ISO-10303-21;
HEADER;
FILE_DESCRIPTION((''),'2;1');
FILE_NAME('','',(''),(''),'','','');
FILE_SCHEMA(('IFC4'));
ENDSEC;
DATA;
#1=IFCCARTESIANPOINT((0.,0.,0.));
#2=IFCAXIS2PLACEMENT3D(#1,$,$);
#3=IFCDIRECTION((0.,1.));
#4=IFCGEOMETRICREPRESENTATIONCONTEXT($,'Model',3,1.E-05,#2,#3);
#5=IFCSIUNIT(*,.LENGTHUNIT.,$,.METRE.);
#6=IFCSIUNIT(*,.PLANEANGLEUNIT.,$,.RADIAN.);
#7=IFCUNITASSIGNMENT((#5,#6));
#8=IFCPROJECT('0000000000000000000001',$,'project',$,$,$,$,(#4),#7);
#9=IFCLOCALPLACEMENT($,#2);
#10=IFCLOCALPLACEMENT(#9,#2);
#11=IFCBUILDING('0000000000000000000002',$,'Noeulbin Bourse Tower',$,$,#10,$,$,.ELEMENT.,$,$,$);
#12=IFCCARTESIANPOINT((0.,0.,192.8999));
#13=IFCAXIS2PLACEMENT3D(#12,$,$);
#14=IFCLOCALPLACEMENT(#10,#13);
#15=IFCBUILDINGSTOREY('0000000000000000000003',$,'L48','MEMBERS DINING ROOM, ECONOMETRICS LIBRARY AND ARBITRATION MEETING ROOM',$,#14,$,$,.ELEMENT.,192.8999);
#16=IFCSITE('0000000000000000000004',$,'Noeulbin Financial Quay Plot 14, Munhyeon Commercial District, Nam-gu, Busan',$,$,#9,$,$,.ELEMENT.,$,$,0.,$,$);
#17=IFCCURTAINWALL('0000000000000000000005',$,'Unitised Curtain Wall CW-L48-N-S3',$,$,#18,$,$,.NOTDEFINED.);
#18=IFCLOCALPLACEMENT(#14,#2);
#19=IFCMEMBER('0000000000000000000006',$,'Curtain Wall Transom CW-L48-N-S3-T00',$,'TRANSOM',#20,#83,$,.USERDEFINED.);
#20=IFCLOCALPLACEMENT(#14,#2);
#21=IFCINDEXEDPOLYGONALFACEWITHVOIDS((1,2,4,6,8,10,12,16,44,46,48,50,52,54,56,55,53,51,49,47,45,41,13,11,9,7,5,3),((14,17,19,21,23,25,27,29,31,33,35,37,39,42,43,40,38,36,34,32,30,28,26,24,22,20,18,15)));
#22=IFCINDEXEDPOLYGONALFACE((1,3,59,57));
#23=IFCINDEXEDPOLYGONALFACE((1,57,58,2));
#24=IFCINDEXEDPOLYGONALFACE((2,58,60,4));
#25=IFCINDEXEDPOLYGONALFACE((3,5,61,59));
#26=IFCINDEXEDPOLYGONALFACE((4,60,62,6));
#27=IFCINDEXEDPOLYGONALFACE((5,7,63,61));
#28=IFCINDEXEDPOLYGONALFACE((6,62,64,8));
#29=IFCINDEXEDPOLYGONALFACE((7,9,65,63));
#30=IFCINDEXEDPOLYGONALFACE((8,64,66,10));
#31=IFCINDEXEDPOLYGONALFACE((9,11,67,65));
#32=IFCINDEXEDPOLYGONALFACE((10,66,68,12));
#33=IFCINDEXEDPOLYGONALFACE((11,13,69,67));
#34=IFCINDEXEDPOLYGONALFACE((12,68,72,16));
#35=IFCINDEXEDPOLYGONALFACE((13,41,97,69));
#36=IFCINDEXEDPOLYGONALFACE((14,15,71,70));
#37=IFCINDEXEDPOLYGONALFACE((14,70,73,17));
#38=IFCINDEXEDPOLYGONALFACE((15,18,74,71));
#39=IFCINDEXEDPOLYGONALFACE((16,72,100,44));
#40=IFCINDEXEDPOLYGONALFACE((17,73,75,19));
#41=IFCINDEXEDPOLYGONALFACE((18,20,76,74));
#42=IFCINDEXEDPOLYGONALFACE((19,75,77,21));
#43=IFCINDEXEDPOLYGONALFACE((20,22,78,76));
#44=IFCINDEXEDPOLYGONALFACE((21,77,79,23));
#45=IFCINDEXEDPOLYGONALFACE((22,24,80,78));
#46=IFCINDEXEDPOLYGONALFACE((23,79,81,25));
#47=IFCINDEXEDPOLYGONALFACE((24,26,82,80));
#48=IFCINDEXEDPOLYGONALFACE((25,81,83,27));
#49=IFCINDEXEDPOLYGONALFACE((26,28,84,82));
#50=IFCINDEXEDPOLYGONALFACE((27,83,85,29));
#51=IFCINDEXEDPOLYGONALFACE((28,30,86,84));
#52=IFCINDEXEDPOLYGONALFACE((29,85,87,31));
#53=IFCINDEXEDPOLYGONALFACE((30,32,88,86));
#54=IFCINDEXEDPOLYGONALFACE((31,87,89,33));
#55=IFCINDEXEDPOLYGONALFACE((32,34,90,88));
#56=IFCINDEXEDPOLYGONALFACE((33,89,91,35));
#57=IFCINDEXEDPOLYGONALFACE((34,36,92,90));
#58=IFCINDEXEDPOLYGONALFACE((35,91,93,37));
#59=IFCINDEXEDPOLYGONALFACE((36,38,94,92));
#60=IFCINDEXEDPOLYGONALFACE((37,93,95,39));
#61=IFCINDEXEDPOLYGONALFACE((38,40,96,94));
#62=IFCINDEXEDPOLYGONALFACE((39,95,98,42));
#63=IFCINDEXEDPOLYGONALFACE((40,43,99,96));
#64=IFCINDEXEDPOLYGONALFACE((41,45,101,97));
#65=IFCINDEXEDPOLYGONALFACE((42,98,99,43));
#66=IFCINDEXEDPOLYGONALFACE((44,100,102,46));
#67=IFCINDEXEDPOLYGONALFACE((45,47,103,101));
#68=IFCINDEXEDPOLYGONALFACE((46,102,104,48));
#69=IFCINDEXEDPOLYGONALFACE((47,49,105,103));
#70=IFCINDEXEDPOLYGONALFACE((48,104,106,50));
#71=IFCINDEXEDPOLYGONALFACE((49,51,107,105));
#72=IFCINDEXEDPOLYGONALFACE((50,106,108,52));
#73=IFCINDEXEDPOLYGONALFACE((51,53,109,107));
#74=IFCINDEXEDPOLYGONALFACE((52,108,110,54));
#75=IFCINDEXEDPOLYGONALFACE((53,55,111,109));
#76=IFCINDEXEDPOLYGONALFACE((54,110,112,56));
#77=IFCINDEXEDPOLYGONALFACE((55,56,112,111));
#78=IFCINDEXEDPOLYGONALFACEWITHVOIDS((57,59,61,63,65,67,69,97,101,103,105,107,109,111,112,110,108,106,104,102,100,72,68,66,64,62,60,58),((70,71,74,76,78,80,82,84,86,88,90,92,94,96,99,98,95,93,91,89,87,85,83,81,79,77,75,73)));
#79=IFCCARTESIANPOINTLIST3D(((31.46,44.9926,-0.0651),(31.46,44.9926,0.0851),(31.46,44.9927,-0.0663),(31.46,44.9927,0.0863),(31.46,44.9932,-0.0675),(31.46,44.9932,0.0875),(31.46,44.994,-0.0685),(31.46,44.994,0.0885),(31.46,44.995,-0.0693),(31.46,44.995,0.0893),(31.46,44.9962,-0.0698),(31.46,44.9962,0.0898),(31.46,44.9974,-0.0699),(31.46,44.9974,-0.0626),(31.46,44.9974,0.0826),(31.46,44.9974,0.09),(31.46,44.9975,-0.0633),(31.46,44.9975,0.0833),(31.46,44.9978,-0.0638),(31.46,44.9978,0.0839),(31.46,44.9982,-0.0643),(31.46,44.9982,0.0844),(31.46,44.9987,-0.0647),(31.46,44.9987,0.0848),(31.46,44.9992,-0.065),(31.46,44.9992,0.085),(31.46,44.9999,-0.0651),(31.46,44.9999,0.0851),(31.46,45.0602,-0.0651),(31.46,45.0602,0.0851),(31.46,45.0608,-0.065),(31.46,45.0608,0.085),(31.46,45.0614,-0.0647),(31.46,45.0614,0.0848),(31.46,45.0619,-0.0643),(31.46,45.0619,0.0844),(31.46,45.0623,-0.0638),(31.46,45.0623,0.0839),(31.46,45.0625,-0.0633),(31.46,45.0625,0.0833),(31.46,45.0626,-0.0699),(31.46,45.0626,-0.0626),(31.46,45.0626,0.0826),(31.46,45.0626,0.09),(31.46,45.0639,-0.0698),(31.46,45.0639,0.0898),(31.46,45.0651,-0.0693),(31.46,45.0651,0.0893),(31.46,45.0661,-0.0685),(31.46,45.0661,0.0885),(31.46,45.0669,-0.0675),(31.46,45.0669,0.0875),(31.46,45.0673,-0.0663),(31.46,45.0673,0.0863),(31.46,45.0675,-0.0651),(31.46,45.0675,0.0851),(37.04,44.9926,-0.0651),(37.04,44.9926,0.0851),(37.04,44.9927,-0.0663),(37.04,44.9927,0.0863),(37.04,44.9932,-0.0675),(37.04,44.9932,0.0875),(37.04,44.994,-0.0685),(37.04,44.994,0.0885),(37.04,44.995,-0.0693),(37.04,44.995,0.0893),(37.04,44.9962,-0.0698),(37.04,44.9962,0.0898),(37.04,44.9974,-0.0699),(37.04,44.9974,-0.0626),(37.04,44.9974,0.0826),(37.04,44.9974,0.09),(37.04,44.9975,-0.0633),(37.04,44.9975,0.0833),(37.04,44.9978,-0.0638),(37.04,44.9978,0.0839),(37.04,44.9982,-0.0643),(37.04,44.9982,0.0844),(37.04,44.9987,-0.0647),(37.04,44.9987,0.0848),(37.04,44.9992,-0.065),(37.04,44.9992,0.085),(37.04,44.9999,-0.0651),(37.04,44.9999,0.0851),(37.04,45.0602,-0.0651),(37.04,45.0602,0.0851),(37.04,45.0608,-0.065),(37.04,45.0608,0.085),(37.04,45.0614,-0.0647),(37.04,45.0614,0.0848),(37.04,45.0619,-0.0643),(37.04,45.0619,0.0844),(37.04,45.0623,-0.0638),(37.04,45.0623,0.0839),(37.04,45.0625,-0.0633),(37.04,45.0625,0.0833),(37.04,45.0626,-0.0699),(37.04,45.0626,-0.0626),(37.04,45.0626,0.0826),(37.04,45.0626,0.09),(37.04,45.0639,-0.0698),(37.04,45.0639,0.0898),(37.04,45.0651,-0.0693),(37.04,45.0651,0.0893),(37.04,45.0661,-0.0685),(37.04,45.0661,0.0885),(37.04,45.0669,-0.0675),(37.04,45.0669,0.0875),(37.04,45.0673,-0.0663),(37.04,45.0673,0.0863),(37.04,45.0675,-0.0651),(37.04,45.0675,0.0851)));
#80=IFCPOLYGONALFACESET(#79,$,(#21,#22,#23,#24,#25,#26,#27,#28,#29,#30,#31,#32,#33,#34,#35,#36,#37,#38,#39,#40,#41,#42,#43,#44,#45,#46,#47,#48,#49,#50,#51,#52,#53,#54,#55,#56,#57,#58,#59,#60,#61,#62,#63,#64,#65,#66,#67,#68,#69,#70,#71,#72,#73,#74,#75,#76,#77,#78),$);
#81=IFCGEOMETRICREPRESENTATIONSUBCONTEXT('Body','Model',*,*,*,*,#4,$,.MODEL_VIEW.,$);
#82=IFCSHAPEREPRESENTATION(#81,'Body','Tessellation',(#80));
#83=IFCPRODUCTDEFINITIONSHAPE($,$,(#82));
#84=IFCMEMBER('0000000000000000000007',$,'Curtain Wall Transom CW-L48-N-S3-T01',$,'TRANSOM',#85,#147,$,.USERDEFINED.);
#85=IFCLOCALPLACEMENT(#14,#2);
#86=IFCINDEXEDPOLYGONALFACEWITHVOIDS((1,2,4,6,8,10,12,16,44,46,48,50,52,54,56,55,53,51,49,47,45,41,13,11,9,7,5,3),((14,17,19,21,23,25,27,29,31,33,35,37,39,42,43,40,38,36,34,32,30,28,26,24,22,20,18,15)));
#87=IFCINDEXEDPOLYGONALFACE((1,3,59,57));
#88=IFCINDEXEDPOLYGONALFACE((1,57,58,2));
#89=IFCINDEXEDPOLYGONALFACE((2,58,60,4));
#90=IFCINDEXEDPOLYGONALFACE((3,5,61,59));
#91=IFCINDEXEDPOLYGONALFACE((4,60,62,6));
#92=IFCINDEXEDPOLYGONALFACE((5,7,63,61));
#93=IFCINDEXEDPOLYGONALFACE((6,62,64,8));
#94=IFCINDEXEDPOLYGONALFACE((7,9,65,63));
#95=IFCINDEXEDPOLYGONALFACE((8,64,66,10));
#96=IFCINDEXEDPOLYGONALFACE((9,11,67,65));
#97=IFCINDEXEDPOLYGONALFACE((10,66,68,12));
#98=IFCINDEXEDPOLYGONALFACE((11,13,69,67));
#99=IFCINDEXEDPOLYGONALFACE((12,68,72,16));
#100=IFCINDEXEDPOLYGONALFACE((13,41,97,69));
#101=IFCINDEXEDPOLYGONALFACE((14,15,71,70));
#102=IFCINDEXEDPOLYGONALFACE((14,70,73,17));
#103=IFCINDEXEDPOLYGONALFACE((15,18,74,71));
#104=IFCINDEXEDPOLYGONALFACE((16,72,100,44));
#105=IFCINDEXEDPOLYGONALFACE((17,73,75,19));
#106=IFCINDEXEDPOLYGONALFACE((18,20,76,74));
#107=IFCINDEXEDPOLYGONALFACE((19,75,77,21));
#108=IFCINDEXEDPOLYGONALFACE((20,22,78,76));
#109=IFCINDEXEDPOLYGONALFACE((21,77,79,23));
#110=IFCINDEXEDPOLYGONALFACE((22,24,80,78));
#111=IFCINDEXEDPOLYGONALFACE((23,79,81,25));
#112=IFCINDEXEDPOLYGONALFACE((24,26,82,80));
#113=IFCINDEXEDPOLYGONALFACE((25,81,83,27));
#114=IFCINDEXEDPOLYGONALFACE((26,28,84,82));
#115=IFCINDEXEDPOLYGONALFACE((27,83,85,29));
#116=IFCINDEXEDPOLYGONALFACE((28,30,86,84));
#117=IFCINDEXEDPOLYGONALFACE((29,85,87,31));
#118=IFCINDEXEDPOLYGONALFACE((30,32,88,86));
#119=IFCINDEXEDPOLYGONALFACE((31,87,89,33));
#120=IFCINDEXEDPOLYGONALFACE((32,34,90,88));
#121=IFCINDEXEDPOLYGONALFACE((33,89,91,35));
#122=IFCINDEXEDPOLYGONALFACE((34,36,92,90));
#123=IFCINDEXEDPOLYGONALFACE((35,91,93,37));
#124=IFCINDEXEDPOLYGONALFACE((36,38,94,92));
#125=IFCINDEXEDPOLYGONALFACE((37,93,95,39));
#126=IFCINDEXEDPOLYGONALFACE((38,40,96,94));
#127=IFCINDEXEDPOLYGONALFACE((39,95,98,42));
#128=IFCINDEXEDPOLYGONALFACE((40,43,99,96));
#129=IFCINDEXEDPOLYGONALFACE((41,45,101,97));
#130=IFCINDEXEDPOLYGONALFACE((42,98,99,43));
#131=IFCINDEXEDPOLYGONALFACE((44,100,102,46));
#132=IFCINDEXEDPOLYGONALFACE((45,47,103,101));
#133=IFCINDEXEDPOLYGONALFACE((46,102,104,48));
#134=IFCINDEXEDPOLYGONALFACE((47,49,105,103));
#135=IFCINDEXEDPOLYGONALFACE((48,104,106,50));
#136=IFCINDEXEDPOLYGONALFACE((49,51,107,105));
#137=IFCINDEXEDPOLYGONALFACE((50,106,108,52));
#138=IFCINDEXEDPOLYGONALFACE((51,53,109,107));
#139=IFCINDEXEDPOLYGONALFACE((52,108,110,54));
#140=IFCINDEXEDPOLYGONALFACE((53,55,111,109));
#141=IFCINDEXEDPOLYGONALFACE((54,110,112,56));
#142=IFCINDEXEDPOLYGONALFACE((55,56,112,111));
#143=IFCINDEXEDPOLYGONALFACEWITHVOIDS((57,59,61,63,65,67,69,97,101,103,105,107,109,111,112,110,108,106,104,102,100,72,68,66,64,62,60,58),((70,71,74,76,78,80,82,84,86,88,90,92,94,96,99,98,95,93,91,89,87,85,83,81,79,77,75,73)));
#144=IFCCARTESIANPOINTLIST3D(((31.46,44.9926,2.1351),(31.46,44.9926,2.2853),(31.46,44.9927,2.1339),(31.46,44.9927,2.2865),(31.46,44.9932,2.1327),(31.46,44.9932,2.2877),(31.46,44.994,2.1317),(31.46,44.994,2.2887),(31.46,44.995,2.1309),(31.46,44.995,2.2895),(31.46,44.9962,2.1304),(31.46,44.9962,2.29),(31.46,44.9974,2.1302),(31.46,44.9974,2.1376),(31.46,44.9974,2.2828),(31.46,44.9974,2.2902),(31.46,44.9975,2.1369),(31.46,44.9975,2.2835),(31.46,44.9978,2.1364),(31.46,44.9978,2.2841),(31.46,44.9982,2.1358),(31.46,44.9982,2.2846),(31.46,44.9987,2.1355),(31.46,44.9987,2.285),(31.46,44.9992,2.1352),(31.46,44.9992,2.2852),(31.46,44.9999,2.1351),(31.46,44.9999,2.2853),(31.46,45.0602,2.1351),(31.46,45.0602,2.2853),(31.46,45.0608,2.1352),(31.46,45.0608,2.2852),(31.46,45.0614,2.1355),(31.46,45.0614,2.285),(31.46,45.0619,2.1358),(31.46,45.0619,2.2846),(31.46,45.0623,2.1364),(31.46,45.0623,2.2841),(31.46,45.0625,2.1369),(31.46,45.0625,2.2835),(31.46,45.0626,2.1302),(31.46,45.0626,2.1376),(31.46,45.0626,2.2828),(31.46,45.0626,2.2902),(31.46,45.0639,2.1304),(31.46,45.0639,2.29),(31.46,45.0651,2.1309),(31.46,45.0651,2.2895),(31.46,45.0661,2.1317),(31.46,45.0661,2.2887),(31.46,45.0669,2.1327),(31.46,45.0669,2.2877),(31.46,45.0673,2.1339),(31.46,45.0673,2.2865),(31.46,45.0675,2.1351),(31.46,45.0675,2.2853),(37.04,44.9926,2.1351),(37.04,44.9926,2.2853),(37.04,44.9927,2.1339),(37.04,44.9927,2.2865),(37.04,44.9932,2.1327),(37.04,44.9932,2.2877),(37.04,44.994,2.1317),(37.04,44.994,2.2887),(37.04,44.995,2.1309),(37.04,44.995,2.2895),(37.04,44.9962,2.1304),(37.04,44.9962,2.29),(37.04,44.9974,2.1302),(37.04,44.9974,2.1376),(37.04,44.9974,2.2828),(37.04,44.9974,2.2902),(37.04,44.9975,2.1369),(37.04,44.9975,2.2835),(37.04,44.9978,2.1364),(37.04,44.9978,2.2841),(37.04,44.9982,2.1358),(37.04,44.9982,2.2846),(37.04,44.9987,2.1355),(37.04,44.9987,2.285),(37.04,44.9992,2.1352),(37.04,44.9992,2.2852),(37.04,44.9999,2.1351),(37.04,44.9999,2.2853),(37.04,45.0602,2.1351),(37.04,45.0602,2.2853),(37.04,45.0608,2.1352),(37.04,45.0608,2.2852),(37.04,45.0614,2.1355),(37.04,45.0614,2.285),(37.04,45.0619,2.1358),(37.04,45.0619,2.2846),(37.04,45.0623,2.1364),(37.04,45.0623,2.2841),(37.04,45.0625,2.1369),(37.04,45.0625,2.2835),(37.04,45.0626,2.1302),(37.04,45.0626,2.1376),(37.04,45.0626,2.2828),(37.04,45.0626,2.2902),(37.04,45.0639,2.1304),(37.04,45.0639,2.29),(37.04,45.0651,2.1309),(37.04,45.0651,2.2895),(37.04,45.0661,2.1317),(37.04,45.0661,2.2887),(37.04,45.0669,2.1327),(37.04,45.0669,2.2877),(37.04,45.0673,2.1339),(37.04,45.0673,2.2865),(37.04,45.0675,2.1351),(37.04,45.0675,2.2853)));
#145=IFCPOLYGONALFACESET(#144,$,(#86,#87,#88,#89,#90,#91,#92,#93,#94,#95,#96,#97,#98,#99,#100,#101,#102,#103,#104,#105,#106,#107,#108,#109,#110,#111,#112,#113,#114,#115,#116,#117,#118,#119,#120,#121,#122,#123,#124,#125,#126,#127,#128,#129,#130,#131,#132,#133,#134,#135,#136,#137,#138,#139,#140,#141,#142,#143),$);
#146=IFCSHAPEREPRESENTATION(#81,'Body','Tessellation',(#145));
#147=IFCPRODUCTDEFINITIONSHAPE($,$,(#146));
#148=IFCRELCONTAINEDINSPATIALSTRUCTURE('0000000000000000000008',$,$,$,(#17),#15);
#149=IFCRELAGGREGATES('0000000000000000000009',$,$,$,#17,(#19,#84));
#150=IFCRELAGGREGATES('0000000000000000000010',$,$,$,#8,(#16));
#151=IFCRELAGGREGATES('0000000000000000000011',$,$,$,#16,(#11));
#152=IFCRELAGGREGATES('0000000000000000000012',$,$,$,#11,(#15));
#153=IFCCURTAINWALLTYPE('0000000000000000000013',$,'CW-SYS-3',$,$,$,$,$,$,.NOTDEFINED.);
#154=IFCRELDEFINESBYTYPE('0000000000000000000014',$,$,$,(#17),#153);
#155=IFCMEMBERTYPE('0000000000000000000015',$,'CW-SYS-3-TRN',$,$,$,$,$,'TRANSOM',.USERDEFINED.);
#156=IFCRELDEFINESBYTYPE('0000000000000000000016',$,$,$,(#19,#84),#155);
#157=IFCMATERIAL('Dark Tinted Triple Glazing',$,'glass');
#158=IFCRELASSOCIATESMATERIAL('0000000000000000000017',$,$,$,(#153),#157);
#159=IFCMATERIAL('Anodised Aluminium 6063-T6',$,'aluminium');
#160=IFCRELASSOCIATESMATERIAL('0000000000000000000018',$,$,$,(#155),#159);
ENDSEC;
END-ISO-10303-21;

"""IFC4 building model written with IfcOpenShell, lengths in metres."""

from ifc_helpers import new_model, si_unit, direction, frame, origin, origin_2d, place, context, subcontext, project, spatial, hollow_rectangle, extrude, material, material_profile, profile_set, type_object, element, aggregate, save


model = new_model("IFC4")

# Units and contexts
model_context = context("Model", 3, precision=1e-05, world=origin(), true_north=direction((0.0, 1.0)))
body_context = subcontext(model_context, "Body", "Model", "MODEL_VIEW")
ifc_project = project(units=[si_unit("LENGTHUNIT", "METRE"), si_unit("PLANEANGLEUNIT", "RADIAN")], contexts=[model_context])

# Site, building, storey
site_placement = place(None, origin())
site = spatial("IfcSite", under=ifc_project, at=site_placement, Name="Noeulbin Financial Quay Plot 14, Munhyeon Commercial District, Nam-gu, Busan", CompositionType="ELEMENT", RefElevation=0.0)
building_placement = place(site_placement, origin())
building = spatial("IfcBuilding", under=site, at=building_placement, Name="Noeulbin Bourse Tower", CompositionType="ELEMENT")
storey_placement = place(building_placement, frame((0.0, 0.0, 192.8999)))
storey = spatial("IfcBuildingStorey", under=building, at=storey_placement, Name="L48", Description="MEMBERS DINING ROOM, ECONOMETRICS LIBRARY AND ARBITRATION MEETING ROOM", CompositionType="ELEMENT", Elevation=192.8999)

# Shared definitions
ifc_material_1 = material(Name="Dark Tinted Triple Glazing", Category="glass")
curtain_wall_type = type_object("IfcCurtainWallType", Name="CW-SYS-3", PredefinedType="NOTDEFINED", material=ifc_material_1)
ifc_material_2 = material(Name="Anodised Aluminium 6063-T6", Category="aluminium")

# Curtain wall
curtain_wall_1_placement = place(storey_placement, origin())
curtain_wall_1 = element("IfcCurtainWall", 1, at=curtain_wall_1_placement, inside=storey, type_object=curtain_wall_type, Name="Unitised Curtain Wall CW-L48-N-S3", PredefinedType="NOTDEFINED")

# Members
ifc_material_profile_1 = material_profile(ifc_material_2, hollow_rectangle(XDim=0.075, YDim=0.1599, WallThickness=0.0049, InnerFilletRadius=0.0024, OuterFilletRadius=0.0049, at=origin_2d()), Name="ALU-TRAN-75x160x5", Category="LoadBearing")
ifc_profile_set_1 = profile_set([ifc_material_profile_1], Name="Anodised Aluminium 6063-T6")
member_type_1 = type_object("IfcMemberType", Name="CW-SYS-3-TRN", ElementType="TRANSOM", PredefinedType="USERDEFINED", material=ifc_profile_set_1)
member_1_placement = place(storey_placement, frame((31.46, 45.03, 0.01), z_axis=(1.0, 0.0, 0.0), x_axis=(0.0, 1.0, 0.0)))
member_1 = element("IfcMember", 2, at=member_1_placement, type_object=member_type_1, Name="Curtain Wall Transom CW-L48-N-S3-T00", ObjectType="TRANSOM", PredefinedType="USERDEFINED", context=body_context, shape_type="SweptSolid", body=[
    extrude(hollow_rectangle(XDim=0.075, YDim=0.1599, WallThickness=0.0049, InnerFilletRadius=0.0024, OuterFilletRadius=0.0049, at=origin_2d()), origin(), (0.0, 0.0, 1.0), 5.5801),
])
member_2_placement = place(storey_placement, frame((31.46, 45.03, 2.2102), z_axis=(1.0, 0.0, 0.0), x_axis=(0.0, 1.0, 0.0)))
member_2 = element("IfcMember", 3, at=member_2_placement, type_object=member_type_1, Name="Curtain Wall Transom CW-L48-N-S3-T01", ObjectType="TRANSOM", PredefinedType="USERDEFINED", context=body_context, shape_type="SweptSolid", body=[
    extrude(hollow_rectangle(XDim=0.075, YDim=0.1599, WallThickness=0.0049, InnerFilletRadius=0.0024, OuterFilletRadius=0.0049, at=origin_2d()), origin(), (0.0, 0.0, 1.0), 5.5801),
])

aggregate(curtain_wall_1, [member_1, member_2])

save(model, "model.ifc")
